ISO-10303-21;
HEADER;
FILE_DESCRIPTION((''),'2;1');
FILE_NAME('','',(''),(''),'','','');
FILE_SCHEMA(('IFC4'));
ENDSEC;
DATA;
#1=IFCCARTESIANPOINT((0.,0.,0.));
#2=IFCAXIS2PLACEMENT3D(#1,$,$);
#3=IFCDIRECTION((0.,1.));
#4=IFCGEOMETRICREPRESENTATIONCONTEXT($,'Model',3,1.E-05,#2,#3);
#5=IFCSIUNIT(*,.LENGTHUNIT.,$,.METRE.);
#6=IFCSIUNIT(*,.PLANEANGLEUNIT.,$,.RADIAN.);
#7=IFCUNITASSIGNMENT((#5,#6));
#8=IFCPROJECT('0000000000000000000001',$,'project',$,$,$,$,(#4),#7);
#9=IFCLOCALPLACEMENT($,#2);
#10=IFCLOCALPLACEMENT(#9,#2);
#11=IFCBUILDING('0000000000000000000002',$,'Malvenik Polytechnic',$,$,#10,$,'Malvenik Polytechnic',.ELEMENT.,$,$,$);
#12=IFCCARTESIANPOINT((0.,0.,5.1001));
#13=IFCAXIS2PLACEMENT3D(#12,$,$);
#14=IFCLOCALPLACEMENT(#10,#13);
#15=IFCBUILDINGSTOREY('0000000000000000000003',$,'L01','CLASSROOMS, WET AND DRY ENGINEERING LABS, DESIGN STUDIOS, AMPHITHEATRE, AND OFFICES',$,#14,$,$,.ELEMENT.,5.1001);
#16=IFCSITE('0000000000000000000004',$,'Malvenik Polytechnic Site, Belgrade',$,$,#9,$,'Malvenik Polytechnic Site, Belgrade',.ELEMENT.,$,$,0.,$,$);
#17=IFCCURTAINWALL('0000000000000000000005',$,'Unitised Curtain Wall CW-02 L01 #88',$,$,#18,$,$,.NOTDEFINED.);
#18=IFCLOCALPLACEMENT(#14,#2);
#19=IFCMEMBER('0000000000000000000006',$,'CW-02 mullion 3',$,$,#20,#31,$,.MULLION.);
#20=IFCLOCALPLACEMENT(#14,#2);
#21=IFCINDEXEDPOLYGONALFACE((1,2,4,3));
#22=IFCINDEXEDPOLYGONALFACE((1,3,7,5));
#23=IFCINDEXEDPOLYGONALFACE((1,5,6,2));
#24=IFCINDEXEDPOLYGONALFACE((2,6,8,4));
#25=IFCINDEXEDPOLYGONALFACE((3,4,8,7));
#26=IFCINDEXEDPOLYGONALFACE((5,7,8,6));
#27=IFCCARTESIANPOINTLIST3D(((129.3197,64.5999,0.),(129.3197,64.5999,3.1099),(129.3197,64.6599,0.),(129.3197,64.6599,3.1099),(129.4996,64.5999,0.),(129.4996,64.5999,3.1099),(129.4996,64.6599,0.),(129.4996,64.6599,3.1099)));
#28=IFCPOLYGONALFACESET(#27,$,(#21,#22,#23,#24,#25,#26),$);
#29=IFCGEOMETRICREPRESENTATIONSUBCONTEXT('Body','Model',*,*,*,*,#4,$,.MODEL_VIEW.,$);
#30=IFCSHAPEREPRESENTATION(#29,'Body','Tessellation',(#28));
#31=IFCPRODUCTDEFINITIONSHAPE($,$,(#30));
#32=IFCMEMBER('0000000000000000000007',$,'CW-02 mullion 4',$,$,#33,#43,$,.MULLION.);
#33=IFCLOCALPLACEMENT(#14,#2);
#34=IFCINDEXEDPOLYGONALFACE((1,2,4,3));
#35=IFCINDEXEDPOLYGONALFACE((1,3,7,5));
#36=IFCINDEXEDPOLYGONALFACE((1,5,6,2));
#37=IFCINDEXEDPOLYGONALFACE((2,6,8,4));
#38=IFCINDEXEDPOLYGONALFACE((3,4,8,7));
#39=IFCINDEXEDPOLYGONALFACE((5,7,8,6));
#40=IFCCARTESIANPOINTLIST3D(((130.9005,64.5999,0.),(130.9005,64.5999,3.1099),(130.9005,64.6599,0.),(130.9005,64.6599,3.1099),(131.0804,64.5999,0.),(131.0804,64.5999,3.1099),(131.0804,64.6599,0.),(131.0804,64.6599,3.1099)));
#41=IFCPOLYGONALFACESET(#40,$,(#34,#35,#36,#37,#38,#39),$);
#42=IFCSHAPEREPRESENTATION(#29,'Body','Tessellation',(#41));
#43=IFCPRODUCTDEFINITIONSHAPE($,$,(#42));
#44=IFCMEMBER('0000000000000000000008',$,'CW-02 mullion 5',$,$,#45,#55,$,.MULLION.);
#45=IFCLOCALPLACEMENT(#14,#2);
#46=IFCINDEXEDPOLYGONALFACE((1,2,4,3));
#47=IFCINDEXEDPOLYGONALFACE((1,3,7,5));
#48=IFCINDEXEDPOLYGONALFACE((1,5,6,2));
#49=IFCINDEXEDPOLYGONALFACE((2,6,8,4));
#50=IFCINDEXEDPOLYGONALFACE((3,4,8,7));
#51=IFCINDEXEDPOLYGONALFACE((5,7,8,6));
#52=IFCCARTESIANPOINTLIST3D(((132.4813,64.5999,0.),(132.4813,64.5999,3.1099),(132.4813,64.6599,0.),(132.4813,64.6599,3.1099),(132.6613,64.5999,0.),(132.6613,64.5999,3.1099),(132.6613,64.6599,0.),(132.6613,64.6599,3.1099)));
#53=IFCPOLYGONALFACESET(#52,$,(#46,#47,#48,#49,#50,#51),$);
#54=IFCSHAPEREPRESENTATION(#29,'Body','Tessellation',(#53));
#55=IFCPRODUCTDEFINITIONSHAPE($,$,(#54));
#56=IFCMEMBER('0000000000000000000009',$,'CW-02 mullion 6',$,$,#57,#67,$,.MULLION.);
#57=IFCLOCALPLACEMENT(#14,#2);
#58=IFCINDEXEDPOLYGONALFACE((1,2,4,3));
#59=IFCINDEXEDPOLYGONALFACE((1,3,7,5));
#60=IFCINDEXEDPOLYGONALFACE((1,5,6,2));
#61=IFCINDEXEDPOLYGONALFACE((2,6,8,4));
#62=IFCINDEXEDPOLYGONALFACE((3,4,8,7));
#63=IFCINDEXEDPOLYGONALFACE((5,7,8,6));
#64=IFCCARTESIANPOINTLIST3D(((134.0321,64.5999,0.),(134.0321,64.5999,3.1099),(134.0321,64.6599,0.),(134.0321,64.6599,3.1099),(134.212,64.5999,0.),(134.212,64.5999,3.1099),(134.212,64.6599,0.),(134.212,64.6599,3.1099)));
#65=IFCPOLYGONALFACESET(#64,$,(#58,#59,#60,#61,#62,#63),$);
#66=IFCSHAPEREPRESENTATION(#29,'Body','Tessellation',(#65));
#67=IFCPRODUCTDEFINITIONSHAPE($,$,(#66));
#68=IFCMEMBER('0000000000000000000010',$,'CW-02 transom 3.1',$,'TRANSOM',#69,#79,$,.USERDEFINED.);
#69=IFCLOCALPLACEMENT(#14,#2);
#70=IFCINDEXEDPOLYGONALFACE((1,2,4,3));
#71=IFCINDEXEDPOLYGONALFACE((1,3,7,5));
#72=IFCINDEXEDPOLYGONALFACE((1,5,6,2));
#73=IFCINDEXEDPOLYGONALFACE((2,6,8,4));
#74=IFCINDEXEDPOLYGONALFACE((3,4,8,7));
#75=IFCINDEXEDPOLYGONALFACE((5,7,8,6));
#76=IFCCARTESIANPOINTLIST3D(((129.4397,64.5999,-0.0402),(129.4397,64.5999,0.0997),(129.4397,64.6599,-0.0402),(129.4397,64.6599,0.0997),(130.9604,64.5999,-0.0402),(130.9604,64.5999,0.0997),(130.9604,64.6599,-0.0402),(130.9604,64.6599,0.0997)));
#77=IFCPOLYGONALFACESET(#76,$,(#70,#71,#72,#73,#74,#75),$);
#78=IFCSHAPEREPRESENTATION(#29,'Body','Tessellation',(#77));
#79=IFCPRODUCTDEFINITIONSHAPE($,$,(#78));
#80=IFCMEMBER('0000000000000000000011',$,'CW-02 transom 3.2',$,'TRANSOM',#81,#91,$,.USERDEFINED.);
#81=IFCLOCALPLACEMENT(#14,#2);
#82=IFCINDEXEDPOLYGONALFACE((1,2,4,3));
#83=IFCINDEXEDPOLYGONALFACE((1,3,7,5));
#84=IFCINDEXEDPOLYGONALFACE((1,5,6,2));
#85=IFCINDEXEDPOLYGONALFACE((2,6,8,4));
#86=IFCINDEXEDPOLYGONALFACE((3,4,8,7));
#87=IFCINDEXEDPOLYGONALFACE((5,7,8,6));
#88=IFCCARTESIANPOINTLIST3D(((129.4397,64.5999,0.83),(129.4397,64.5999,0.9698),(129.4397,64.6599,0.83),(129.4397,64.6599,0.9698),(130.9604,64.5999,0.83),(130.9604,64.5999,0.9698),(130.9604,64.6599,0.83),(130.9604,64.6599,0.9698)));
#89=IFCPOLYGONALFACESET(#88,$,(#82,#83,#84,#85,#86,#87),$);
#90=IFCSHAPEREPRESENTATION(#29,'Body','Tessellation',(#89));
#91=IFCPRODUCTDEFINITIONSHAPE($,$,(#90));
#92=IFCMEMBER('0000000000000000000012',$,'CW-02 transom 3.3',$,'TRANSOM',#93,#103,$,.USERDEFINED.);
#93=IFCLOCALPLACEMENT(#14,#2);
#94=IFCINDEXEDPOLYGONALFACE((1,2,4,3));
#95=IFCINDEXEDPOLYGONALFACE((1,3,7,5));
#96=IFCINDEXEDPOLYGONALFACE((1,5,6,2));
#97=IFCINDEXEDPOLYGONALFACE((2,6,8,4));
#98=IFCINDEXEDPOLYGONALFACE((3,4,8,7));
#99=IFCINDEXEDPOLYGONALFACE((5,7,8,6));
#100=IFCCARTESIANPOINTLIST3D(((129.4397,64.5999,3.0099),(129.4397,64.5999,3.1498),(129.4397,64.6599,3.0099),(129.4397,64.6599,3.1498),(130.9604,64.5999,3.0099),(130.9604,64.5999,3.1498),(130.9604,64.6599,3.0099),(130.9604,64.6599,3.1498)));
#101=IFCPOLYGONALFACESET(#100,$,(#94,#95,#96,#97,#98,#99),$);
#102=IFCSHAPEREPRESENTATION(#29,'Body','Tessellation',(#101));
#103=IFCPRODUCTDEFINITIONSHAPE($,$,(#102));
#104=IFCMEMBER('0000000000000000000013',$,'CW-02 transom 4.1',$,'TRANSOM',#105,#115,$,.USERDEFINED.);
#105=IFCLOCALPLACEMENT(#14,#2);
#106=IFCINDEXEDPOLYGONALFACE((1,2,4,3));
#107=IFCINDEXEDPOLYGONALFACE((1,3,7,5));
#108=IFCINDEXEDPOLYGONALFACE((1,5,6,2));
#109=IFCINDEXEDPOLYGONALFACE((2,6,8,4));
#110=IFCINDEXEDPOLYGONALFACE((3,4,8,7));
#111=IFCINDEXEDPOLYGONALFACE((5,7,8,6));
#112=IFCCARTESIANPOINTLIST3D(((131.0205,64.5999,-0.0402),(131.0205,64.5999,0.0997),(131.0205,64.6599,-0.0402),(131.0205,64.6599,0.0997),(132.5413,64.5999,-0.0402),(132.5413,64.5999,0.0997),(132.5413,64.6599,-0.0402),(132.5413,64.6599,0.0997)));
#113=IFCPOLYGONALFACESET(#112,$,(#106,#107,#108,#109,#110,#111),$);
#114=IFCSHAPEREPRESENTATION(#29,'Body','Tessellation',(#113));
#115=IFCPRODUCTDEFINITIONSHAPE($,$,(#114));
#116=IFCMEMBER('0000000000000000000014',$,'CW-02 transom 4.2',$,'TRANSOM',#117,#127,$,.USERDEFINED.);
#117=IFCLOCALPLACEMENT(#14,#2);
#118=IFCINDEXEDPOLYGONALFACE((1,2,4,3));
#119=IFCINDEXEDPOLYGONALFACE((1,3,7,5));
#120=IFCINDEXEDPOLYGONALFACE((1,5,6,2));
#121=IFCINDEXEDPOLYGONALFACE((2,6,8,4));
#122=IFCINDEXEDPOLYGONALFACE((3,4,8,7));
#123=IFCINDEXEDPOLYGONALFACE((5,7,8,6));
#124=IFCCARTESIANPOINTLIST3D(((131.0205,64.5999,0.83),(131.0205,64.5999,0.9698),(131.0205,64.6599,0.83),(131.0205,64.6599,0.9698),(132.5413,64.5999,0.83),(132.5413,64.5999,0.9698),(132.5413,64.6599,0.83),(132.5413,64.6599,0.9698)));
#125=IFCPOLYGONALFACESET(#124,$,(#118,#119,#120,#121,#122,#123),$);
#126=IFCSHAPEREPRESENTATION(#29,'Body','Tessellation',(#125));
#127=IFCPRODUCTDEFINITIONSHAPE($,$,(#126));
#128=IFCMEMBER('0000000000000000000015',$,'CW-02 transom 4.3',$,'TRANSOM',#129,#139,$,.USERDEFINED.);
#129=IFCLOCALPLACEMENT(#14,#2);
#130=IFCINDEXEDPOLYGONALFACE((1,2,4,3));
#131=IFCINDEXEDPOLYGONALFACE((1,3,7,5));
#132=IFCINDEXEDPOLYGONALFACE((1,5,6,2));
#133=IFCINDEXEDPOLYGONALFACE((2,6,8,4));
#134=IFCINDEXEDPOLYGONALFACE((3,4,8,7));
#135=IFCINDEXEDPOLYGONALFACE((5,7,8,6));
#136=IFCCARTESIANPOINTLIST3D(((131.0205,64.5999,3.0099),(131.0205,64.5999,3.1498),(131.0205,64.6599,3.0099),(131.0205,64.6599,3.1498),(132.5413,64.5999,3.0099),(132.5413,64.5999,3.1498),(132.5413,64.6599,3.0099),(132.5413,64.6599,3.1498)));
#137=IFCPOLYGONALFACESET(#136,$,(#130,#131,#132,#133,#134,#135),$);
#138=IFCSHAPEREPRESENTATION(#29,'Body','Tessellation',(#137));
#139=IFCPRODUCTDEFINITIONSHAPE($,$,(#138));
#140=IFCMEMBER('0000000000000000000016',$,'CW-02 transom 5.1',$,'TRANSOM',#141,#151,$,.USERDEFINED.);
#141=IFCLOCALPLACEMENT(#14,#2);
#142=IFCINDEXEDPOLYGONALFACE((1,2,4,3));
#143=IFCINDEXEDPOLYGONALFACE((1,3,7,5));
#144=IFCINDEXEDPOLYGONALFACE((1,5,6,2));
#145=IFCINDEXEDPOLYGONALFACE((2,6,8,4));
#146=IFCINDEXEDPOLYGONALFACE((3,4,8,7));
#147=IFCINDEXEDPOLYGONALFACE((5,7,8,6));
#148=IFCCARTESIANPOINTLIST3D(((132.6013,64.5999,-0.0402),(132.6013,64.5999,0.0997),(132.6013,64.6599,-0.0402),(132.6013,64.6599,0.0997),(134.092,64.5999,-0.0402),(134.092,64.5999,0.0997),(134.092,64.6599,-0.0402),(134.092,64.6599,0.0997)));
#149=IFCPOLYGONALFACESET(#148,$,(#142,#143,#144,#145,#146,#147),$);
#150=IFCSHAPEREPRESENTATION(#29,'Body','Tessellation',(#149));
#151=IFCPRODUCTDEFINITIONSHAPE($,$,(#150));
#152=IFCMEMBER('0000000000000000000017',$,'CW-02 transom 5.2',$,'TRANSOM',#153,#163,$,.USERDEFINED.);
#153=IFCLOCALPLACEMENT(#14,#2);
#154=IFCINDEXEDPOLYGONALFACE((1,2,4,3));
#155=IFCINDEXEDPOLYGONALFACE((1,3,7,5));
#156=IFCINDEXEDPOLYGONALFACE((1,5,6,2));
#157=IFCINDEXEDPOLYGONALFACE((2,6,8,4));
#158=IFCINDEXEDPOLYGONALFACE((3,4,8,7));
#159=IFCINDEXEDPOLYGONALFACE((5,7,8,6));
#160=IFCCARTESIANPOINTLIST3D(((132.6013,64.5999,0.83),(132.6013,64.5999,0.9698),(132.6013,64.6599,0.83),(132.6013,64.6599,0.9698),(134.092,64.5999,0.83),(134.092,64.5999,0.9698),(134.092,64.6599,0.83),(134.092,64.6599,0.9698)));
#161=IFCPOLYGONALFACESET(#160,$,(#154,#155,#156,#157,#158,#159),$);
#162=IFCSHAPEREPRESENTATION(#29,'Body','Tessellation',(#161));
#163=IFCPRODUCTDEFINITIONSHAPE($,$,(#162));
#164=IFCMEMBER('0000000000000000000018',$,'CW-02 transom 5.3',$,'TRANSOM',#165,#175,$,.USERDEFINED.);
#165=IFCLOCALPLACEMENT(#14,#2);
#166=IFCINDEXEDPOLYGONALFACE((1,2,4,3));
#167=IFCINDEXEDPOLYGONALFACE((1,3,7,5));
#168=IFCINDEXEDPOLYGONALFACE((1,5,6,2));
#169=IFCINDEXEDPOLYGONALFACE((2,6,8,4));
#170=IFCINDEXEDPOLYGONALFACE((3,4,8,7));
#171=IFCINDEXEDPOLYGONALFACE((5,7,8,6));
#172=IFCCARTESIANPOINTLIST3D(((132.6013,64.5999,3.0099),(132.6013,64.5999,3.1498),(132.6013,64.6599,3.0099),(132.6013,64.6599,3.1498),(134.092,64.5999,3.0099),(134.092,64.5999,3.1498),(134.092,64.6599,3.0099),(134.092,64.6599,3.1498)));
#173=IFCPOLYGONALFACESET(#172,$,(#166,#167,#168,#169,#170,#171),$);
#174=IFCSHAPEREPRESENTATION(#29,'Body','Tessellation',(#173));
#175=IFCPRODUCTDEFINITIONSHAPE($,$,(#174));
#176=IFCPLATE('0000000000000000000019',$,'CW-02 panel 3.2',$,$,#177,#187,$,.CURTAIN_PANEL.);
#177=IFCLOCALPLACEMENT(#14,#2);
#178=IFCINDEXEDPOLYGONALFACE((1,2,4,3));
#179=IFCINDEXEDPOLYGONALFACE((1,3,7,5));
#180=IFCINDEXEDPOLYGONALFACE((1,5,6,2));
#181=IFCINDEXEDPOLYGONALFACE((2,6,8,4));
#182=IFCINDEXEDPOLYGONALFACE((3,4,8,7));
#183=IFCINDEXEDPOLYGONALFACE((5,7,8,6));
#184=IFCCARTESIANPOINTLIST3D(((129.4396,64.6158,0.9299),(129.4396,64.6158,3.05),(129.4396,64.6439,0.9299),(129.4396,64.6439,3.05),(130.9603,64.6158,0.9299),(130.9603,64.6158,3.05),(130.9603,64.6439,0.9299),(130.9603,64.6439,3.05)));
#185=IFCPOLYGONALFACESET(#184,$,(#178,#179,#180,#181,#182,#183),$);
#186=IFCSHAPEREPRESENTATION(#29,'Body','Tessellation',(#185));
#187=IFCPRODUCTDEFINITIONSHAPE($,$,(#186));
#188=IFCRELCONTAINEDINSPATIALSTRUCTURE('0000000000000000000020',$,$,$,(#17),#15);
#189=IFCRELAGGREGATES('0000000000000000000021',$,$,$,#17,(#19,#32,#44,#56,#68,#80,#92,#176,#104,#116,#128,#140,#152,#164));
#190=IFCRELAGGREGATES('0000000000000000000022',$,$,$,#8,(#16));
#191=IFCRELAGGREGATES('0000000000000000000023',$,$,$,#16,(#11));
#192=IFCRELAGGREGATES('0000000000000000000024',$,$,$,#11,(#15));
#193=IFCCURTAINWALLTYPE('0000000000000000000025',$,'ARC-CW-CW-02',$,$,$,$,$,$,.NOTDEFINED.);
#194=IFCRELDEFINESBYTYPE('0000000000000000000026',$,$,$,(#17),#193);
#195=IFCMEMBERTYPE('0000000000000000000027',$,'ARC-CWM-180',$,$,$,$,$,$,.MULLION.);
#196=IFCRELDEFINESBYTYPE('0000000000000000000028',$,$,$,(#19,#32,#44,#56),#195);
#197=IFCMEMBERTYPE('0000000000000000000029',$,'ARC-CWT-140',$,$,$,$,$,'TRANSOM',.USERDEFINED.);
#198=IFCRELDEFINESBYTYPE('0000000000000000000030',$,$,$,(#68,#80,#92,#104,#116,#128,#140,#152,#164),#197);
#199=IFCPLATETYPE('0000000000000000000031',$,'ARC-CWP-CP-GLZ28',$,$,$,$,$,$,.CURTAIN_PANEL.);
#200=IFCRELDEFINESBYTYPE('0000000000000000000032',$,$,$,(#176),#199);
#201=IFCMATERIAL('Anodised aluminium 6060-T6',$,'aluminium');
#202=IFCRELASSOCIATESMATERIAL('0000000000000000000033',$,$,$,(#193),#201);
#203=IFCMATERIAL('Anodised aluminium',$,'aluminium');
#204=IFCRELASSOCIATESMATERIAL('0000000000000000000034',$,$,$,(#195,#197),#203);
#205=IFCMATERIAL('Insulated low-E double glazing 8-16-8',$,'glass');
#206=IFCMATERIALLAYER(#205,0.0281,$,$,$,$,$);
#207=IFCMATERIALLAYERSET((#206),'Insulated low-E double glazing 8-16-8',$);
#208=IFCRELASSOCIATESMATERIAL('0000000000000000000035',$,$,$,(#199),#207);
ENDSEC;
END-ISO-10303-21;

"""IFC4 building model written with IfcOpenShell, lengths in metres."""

from ifc_helpers import new_model, si_unit, direction, frame, origin, origin_2d, place, context, subcontext, project, spatial, rectangle, extrude, material, layer, layer_set, material_profile, profile_set, type_object, element, aggregate, save


model = new_model("IFC4")

# Units and contexts
model_context = context("Model", 3, precision=1e-05, world=origin(), true_north=direction((0.0, 1.0)))
body_context = subcontext(model_context, "Body", "Model", "MODEL_VIEW")
ifc_project = project(units=[si_unit("LENGTHUNIT", "METRE"), si_unit("PLANEANGLEUNIT", "RADIAN")], contexts=[model_context])

# Site, building, storey
site_placement = place(None, origin())
site = spatial("IfcSite", under=ifc_project, at=site_placement, Name="Malvenik Polytechnic Site, Belgrade", LongName="Malvenik Polytechnic Site, Belgrade", CompositionType="ELEMENT", RefElevation=0.0)
building_placement = place(site_placement, origin())
building = spatial("IfcBuilding", under=site, at=building_placement, Name="Malvenik Polytechnic", LongName="Malvenik Polytechnic", CompositionType="ELEMENT")
storey_placement = place(building_placement, frame((0.0, 0.0, 5.1001)))
storey = spatial("IfcBuildingStorey", under=building, at=storey_placement, Name="L01", Description="CLASSROOMS, WET AND DRY ENGINEERING LABS, DESIGN STUDIOS, AMPHITHEATRE, AND OFFICES", CompositionType="ELEMENT", Elevation=5.1001)

# Curtain wall, members, plate
ifc_material_1 = material(Name="Anodised aluminium 6060-T6", Category="aluminium")
curtain_wall_type = type_object("IfcCurtainWallType", Name="ARC-CW-CW-02", PredefinedType="NOTDEFINED", material=ifc_material_1)
curtain_wall_placement = place(storey_placement, origin())
curtain_wall = element("IfcCurtainWall", 1, at=curtain_wall_placement, inside=storey, type_object=curtain_wall_type, Name="Unitised Curtain Wall CW-02 L01 #88", PredefinedType="NOTDEFINED")
ifc_material_2 = material(Name="Anodised aluminium", Category="aluminium")
ifc_material_profile_1 = material_profile(ifc_material_2, rectangle(XDim=0.0601, YDim=0.1799, at=origin_2d()), Name="ALU MULLION 60x180")
ifc_profile_set_1 = profile_set([ifc_material_profile_1], Name="Anodised aluminium")
member_type_1 = type_object("IfcMemberType", Name="ARC-CWM-180", PredefinedType="MULLION", material=ifc_profile_set_1)
member_1_placement = place(storey_placement, frame((129.4097, 64.6299, 0.0), z_axis=(0.0, 0.0, 1.0), x_axis=(0.0, 1.0, 0.0)))
member_1 = element("IfcMember", 2, at=member_1_placement, type_object=member_type_1, Name="CW-02 mullion 3", PredefinedType="MULLION", context=body_context, shape_type="SweptSolid", body=[
    extrude(rectangle(XDim=0.0601, YDim=0.1799, at=origin_2d()), origin(), (0.0, 0.0, 1.0), 3.1099),
])
member_2_placement = place(storey_placement, frame((130.9905, 64.6299, 0.0), z_axis=(0.0, 0.0, 1.0), x_axis=(0.0, 1.0, 0.0)))
member_2 = element("IfcMember", 3, at=member_2_placement, type_object=member_type_1, Name="CW-02 mullion 4", PredefinedType="MULLION", context=body_context, shape_type="SweptSolid", body=[
    extrude(rectangle(XDim=0.0601, YDim=0.1799, at=origin_2d()), origin(), (0.0, 0.0, 1.0), 3.1099),
])
member_3_placement = place(storey_placement, frame((132.5713, 64.6299, 0.0), z_axis=(0.0, 0.0, 1.0), x_axis=(0.0, 1.0, 0.0)))
member_3 = element("IfcMember", 4, at=member_3_placement, type_object=member_type_1, Name="CW-02 mullion 5", PredefinedType="MULLION", context=body_context, shape_type="SweptSolid", body=[
    extrude(rectangle(XDim=0.0601, YDim=0.1799, at=origin_2d()), origin(), (0.0, 0.0, 1.0), 3.1099),
])
member_4_placement = place(storey_placement, frame((134.1221, 64.6299, 0.0), z_axis=(0.0, 0.0, 1.0), x_axis=(0.0, 1.0, 0.0)))
member_4 = element("IfcMember", 5, at=member_4_placement, type_object=member_type_1, Name="CW-02 mullion 6", PredefinedType="MULLION", context=body_context, shape_type="SweptSolid", body=[
    extrude(rectangle(XDim=0.0601, YDim=0.1799, at=origin_2d()), origin(), (0.0, 0.0, 1.0), 3.1099),
])
ifc_material_profile_2 = material_profile(ifc_material_2, rectangle(XDim=0.0601, YDim=0.1399, at=origin_2d()), Name="ALU TRANSOM 60x140")
ifc_profile_set_2 = profile_set([ifc_material_profile_2], Name="Anodised aluminium")
member_type_2 = type_object("IfcMemberType", Name="ARC-CWT-140", ElementType="TRANSOM", PredefinedType="USERDEFINED", material=ifc_profile_set_2)
member_5_placement = place(storey_placement, frame((129.4397, 64.6299, 0.0298), z_axis=(1.0, 0.0, 0.0), x_axis=(0.0, 1.0, 0.0)))
member_5 = element("IfcMember", 6, at=member_5_placement, type_object=member_type_2, Name="CW-02 transom 3.1", ObjectType="TRANSOM", PredefinedType="USERDEFINED", context=body_context, shape_type="SweptSolid", body=[
    extrude(rectangle(XDim=0.0601, YDim=0.1399, at=origin_2d()), origin(), (0.0, 0.0, 1.0), 1.5208),
])
member_6_placement = place(storey_placement, frame((129.4397, 64.6299, 0.8999), z_axis=(1.0, 0.0, 0.0), x_axis=(0.0, 1.0, 0.0)))
member_6 = element("IfcMember", 7, at=member_6_placement, type_object=member_type_2, Name="CW-02 transom 3.2", ObjectType="TRANSOM", PredefinedType="USERDEFINED", context=body_context, shape_type="SweptSolid", body=[
    extrude(rectangle(XDim=0.0601, YDim=0.1399, at=origin_2d()), origin(), (0.0, 0.0, 1.0), 1.5208),
])
member_7_placement = place(storey_placement, frame((129.4397, 64.6299, 3.0798), z_axis=(1.0, 0.0, 0.0), x_axis=(0.0, 1.0, 0.0)))
member_7 = element("IfcMember", 8, at=member_7_placement, type_object=member_type_2, Name="CW-02 transom 3.3", ObjectType="TRANSOM", PredefinedType="USERDEFINED", context=body_context, shape_type="SweptSolid", body=[
    extrude(rectangle(XDim=0.0601, YDim=0.1399, at=origin_2d()), origin(), (0.0, 0.0, 1.0), 1.5208),
])
member_8_placement = place(storey_placement, frame((131.0205, 64.6299, 0.0298), z_axis=(1.0, 0.0, 0.0), x_axis=(0.0, 1.0, 0.0)))
member_8 = element("IfcMember", 9, at=member_8_placement, type_object=member_type_2, Name="CW-02 transom 4.1", ObjectType="TRANSOM", PredefinedType="USERDEFINED", context=body_context, shape_type="SweptSolid", body=[
    extrude(rectangle(XDim=0.0601, YDim=0.1399, at=origin_2d()), origin(), (0.0, 0.0, 1.0), 1.5208),
])
member_9_placement = place(storey_placement, frame((131.0205, 64.6299, 0.8999), z_axis=(1.0, 0.0, 0.0), x_axis=(0.0, 1.0, 0.0)))
member_9 = element("IfcMember", 10, at=member_9_placement, type_object=member_type_2, Name="CW-02 transom 4.2", ObjectType="TRANSOM", PredefinedType="USERDEFINED", context=body_context, shape_type="SweptSolid", body=[
    extrude(rectangle(XDim=0.0601, YDim=0.1399, at=origin_2d()), origin(), (0.0, 0.0, 1.0), 1.5208),
])
member_10_placement = place(storey_placement, frame((131.0205, 64.6299, 3.0798), z_axis=(1.0, 0.0, 0.0), x_axis=(0.0, 1.0, 0.0)))
member_10 = element("IfcMember", 11, at=member_10_placement, type_object=member_type_2, Name="CW-02 transom 4.3", ObjectType="TRANSOM", PredefinedType="USERDEFINED", context=body_context, shape_type="SweptSolid", body=[
    extrude(rectangle(XDim=0.0601, YDim=0.1399, at=origin_2d()), origin(), (0.0, 0.0, 1.0), 1.5208),
])
member_11_placement = place(storey_placement, frame((132.6013, 64.6299, 0.0298), z_axis=(1.0, 0.0, 0.0), x_axis=(0.0, 1.0, 0.0)))
member_11 = element("IfcMember", 12, at=member_11_placement, type_object=member_type_2, Name="CW-02 transom 5.1", ObjectType="TRANSOM", PredefinedType="USERDEFINED", context=body_context, shape_type="SweptSolid", body=[
    extrude(rectangle(XDim=0.0601, YDim=0.1399, at=origin_2d()), origin(), (0.0, 0.0, 1.0), 1.4907),
])
member_12_placement = place(storey_placement, frame((132.6013, 64.6299, 0.8999), z_axis=(1.0, 0.0, 0.0), x_axis=(0.0, 1.0, 0.0)))
member_12 = element("IfcMember", 13, at=member_12_placement, type_object=member_type_2, Name="CW-02 transom 5.2", ObjectType="TRANSOM", PredefinedType="USERDEFINED", context=body_context, shape_type="SweptSolid", body=[
    extrude(rectangle(XDim=0.0601, YDim=0.1399, at=origin_2d()), origin(), (0.0, 0.0, 1.0), 1.4907),
])
member_13_placement = place(storey_placement, frame((132.6013, 64.6299, 3.0798), z_axis=(1.0, 0.0, 0.0), x_axis=(0.0, 1.0, 0.0)))
member_13 = element("IfcMember", 14, at=member_13_placement, type_object=member_type_2, Name="CW-02 transom 5.3", ObjectType="TRANSOM", PredefinedType="USERDEFINED", context=body_context, shape_type="SweptSolid", body=[
    extrude(rectangle(XDim=0.0601, YDim=0.1399, at=origin_2d()), origin(), (0.0, 0.0, 1.0), 1.4907),
])
ifc_material_3 = material(Name="Insulated low-E double glazing 8-16-8", Category="glass")
ifc_layer_1 = layer(ifc_material_3, 0.0281)
ifc_layer_set_1 = layer_set([ifc_layer_1], Name="Insulated low-E double glazing 8-16-8")
plate_type_1 = type_object("IfcPlateType", Name="ARC-CWP-CP-GLZ28", PredefinedType="CURTAIN_PANEL", material=ifc_layer_set_1)
plate_1_placement = place(storey_placement, frame((130.2, 64.6299, 0.9299), z_axis=(0.0, 0.0, 1.0), x_axis=(1.0, 0.0, 0.0)))
plate_1 = element("IfcPlate", 15, at=plate_1_placement, type_object=plate_type_1, Name="CW-02 panel 3.2", PredefinedType="CURTAIN_PANEL", context=body_context, shape_type="SweptSolid", body=[
    extrude(rectangle(XDim=1.5208, YDim=0.0281, at=origin_2d()), origin(), (0.0, 0.0, 1.0), 2.1201),
])
aggregate(curtain_wall, [member_1, member_2, member_3, member_4, member_5, member_6, member_7, plate_1, member_8, member_9, member_10, member_11, member_12, member_13])

save(model, "model.ifc")
